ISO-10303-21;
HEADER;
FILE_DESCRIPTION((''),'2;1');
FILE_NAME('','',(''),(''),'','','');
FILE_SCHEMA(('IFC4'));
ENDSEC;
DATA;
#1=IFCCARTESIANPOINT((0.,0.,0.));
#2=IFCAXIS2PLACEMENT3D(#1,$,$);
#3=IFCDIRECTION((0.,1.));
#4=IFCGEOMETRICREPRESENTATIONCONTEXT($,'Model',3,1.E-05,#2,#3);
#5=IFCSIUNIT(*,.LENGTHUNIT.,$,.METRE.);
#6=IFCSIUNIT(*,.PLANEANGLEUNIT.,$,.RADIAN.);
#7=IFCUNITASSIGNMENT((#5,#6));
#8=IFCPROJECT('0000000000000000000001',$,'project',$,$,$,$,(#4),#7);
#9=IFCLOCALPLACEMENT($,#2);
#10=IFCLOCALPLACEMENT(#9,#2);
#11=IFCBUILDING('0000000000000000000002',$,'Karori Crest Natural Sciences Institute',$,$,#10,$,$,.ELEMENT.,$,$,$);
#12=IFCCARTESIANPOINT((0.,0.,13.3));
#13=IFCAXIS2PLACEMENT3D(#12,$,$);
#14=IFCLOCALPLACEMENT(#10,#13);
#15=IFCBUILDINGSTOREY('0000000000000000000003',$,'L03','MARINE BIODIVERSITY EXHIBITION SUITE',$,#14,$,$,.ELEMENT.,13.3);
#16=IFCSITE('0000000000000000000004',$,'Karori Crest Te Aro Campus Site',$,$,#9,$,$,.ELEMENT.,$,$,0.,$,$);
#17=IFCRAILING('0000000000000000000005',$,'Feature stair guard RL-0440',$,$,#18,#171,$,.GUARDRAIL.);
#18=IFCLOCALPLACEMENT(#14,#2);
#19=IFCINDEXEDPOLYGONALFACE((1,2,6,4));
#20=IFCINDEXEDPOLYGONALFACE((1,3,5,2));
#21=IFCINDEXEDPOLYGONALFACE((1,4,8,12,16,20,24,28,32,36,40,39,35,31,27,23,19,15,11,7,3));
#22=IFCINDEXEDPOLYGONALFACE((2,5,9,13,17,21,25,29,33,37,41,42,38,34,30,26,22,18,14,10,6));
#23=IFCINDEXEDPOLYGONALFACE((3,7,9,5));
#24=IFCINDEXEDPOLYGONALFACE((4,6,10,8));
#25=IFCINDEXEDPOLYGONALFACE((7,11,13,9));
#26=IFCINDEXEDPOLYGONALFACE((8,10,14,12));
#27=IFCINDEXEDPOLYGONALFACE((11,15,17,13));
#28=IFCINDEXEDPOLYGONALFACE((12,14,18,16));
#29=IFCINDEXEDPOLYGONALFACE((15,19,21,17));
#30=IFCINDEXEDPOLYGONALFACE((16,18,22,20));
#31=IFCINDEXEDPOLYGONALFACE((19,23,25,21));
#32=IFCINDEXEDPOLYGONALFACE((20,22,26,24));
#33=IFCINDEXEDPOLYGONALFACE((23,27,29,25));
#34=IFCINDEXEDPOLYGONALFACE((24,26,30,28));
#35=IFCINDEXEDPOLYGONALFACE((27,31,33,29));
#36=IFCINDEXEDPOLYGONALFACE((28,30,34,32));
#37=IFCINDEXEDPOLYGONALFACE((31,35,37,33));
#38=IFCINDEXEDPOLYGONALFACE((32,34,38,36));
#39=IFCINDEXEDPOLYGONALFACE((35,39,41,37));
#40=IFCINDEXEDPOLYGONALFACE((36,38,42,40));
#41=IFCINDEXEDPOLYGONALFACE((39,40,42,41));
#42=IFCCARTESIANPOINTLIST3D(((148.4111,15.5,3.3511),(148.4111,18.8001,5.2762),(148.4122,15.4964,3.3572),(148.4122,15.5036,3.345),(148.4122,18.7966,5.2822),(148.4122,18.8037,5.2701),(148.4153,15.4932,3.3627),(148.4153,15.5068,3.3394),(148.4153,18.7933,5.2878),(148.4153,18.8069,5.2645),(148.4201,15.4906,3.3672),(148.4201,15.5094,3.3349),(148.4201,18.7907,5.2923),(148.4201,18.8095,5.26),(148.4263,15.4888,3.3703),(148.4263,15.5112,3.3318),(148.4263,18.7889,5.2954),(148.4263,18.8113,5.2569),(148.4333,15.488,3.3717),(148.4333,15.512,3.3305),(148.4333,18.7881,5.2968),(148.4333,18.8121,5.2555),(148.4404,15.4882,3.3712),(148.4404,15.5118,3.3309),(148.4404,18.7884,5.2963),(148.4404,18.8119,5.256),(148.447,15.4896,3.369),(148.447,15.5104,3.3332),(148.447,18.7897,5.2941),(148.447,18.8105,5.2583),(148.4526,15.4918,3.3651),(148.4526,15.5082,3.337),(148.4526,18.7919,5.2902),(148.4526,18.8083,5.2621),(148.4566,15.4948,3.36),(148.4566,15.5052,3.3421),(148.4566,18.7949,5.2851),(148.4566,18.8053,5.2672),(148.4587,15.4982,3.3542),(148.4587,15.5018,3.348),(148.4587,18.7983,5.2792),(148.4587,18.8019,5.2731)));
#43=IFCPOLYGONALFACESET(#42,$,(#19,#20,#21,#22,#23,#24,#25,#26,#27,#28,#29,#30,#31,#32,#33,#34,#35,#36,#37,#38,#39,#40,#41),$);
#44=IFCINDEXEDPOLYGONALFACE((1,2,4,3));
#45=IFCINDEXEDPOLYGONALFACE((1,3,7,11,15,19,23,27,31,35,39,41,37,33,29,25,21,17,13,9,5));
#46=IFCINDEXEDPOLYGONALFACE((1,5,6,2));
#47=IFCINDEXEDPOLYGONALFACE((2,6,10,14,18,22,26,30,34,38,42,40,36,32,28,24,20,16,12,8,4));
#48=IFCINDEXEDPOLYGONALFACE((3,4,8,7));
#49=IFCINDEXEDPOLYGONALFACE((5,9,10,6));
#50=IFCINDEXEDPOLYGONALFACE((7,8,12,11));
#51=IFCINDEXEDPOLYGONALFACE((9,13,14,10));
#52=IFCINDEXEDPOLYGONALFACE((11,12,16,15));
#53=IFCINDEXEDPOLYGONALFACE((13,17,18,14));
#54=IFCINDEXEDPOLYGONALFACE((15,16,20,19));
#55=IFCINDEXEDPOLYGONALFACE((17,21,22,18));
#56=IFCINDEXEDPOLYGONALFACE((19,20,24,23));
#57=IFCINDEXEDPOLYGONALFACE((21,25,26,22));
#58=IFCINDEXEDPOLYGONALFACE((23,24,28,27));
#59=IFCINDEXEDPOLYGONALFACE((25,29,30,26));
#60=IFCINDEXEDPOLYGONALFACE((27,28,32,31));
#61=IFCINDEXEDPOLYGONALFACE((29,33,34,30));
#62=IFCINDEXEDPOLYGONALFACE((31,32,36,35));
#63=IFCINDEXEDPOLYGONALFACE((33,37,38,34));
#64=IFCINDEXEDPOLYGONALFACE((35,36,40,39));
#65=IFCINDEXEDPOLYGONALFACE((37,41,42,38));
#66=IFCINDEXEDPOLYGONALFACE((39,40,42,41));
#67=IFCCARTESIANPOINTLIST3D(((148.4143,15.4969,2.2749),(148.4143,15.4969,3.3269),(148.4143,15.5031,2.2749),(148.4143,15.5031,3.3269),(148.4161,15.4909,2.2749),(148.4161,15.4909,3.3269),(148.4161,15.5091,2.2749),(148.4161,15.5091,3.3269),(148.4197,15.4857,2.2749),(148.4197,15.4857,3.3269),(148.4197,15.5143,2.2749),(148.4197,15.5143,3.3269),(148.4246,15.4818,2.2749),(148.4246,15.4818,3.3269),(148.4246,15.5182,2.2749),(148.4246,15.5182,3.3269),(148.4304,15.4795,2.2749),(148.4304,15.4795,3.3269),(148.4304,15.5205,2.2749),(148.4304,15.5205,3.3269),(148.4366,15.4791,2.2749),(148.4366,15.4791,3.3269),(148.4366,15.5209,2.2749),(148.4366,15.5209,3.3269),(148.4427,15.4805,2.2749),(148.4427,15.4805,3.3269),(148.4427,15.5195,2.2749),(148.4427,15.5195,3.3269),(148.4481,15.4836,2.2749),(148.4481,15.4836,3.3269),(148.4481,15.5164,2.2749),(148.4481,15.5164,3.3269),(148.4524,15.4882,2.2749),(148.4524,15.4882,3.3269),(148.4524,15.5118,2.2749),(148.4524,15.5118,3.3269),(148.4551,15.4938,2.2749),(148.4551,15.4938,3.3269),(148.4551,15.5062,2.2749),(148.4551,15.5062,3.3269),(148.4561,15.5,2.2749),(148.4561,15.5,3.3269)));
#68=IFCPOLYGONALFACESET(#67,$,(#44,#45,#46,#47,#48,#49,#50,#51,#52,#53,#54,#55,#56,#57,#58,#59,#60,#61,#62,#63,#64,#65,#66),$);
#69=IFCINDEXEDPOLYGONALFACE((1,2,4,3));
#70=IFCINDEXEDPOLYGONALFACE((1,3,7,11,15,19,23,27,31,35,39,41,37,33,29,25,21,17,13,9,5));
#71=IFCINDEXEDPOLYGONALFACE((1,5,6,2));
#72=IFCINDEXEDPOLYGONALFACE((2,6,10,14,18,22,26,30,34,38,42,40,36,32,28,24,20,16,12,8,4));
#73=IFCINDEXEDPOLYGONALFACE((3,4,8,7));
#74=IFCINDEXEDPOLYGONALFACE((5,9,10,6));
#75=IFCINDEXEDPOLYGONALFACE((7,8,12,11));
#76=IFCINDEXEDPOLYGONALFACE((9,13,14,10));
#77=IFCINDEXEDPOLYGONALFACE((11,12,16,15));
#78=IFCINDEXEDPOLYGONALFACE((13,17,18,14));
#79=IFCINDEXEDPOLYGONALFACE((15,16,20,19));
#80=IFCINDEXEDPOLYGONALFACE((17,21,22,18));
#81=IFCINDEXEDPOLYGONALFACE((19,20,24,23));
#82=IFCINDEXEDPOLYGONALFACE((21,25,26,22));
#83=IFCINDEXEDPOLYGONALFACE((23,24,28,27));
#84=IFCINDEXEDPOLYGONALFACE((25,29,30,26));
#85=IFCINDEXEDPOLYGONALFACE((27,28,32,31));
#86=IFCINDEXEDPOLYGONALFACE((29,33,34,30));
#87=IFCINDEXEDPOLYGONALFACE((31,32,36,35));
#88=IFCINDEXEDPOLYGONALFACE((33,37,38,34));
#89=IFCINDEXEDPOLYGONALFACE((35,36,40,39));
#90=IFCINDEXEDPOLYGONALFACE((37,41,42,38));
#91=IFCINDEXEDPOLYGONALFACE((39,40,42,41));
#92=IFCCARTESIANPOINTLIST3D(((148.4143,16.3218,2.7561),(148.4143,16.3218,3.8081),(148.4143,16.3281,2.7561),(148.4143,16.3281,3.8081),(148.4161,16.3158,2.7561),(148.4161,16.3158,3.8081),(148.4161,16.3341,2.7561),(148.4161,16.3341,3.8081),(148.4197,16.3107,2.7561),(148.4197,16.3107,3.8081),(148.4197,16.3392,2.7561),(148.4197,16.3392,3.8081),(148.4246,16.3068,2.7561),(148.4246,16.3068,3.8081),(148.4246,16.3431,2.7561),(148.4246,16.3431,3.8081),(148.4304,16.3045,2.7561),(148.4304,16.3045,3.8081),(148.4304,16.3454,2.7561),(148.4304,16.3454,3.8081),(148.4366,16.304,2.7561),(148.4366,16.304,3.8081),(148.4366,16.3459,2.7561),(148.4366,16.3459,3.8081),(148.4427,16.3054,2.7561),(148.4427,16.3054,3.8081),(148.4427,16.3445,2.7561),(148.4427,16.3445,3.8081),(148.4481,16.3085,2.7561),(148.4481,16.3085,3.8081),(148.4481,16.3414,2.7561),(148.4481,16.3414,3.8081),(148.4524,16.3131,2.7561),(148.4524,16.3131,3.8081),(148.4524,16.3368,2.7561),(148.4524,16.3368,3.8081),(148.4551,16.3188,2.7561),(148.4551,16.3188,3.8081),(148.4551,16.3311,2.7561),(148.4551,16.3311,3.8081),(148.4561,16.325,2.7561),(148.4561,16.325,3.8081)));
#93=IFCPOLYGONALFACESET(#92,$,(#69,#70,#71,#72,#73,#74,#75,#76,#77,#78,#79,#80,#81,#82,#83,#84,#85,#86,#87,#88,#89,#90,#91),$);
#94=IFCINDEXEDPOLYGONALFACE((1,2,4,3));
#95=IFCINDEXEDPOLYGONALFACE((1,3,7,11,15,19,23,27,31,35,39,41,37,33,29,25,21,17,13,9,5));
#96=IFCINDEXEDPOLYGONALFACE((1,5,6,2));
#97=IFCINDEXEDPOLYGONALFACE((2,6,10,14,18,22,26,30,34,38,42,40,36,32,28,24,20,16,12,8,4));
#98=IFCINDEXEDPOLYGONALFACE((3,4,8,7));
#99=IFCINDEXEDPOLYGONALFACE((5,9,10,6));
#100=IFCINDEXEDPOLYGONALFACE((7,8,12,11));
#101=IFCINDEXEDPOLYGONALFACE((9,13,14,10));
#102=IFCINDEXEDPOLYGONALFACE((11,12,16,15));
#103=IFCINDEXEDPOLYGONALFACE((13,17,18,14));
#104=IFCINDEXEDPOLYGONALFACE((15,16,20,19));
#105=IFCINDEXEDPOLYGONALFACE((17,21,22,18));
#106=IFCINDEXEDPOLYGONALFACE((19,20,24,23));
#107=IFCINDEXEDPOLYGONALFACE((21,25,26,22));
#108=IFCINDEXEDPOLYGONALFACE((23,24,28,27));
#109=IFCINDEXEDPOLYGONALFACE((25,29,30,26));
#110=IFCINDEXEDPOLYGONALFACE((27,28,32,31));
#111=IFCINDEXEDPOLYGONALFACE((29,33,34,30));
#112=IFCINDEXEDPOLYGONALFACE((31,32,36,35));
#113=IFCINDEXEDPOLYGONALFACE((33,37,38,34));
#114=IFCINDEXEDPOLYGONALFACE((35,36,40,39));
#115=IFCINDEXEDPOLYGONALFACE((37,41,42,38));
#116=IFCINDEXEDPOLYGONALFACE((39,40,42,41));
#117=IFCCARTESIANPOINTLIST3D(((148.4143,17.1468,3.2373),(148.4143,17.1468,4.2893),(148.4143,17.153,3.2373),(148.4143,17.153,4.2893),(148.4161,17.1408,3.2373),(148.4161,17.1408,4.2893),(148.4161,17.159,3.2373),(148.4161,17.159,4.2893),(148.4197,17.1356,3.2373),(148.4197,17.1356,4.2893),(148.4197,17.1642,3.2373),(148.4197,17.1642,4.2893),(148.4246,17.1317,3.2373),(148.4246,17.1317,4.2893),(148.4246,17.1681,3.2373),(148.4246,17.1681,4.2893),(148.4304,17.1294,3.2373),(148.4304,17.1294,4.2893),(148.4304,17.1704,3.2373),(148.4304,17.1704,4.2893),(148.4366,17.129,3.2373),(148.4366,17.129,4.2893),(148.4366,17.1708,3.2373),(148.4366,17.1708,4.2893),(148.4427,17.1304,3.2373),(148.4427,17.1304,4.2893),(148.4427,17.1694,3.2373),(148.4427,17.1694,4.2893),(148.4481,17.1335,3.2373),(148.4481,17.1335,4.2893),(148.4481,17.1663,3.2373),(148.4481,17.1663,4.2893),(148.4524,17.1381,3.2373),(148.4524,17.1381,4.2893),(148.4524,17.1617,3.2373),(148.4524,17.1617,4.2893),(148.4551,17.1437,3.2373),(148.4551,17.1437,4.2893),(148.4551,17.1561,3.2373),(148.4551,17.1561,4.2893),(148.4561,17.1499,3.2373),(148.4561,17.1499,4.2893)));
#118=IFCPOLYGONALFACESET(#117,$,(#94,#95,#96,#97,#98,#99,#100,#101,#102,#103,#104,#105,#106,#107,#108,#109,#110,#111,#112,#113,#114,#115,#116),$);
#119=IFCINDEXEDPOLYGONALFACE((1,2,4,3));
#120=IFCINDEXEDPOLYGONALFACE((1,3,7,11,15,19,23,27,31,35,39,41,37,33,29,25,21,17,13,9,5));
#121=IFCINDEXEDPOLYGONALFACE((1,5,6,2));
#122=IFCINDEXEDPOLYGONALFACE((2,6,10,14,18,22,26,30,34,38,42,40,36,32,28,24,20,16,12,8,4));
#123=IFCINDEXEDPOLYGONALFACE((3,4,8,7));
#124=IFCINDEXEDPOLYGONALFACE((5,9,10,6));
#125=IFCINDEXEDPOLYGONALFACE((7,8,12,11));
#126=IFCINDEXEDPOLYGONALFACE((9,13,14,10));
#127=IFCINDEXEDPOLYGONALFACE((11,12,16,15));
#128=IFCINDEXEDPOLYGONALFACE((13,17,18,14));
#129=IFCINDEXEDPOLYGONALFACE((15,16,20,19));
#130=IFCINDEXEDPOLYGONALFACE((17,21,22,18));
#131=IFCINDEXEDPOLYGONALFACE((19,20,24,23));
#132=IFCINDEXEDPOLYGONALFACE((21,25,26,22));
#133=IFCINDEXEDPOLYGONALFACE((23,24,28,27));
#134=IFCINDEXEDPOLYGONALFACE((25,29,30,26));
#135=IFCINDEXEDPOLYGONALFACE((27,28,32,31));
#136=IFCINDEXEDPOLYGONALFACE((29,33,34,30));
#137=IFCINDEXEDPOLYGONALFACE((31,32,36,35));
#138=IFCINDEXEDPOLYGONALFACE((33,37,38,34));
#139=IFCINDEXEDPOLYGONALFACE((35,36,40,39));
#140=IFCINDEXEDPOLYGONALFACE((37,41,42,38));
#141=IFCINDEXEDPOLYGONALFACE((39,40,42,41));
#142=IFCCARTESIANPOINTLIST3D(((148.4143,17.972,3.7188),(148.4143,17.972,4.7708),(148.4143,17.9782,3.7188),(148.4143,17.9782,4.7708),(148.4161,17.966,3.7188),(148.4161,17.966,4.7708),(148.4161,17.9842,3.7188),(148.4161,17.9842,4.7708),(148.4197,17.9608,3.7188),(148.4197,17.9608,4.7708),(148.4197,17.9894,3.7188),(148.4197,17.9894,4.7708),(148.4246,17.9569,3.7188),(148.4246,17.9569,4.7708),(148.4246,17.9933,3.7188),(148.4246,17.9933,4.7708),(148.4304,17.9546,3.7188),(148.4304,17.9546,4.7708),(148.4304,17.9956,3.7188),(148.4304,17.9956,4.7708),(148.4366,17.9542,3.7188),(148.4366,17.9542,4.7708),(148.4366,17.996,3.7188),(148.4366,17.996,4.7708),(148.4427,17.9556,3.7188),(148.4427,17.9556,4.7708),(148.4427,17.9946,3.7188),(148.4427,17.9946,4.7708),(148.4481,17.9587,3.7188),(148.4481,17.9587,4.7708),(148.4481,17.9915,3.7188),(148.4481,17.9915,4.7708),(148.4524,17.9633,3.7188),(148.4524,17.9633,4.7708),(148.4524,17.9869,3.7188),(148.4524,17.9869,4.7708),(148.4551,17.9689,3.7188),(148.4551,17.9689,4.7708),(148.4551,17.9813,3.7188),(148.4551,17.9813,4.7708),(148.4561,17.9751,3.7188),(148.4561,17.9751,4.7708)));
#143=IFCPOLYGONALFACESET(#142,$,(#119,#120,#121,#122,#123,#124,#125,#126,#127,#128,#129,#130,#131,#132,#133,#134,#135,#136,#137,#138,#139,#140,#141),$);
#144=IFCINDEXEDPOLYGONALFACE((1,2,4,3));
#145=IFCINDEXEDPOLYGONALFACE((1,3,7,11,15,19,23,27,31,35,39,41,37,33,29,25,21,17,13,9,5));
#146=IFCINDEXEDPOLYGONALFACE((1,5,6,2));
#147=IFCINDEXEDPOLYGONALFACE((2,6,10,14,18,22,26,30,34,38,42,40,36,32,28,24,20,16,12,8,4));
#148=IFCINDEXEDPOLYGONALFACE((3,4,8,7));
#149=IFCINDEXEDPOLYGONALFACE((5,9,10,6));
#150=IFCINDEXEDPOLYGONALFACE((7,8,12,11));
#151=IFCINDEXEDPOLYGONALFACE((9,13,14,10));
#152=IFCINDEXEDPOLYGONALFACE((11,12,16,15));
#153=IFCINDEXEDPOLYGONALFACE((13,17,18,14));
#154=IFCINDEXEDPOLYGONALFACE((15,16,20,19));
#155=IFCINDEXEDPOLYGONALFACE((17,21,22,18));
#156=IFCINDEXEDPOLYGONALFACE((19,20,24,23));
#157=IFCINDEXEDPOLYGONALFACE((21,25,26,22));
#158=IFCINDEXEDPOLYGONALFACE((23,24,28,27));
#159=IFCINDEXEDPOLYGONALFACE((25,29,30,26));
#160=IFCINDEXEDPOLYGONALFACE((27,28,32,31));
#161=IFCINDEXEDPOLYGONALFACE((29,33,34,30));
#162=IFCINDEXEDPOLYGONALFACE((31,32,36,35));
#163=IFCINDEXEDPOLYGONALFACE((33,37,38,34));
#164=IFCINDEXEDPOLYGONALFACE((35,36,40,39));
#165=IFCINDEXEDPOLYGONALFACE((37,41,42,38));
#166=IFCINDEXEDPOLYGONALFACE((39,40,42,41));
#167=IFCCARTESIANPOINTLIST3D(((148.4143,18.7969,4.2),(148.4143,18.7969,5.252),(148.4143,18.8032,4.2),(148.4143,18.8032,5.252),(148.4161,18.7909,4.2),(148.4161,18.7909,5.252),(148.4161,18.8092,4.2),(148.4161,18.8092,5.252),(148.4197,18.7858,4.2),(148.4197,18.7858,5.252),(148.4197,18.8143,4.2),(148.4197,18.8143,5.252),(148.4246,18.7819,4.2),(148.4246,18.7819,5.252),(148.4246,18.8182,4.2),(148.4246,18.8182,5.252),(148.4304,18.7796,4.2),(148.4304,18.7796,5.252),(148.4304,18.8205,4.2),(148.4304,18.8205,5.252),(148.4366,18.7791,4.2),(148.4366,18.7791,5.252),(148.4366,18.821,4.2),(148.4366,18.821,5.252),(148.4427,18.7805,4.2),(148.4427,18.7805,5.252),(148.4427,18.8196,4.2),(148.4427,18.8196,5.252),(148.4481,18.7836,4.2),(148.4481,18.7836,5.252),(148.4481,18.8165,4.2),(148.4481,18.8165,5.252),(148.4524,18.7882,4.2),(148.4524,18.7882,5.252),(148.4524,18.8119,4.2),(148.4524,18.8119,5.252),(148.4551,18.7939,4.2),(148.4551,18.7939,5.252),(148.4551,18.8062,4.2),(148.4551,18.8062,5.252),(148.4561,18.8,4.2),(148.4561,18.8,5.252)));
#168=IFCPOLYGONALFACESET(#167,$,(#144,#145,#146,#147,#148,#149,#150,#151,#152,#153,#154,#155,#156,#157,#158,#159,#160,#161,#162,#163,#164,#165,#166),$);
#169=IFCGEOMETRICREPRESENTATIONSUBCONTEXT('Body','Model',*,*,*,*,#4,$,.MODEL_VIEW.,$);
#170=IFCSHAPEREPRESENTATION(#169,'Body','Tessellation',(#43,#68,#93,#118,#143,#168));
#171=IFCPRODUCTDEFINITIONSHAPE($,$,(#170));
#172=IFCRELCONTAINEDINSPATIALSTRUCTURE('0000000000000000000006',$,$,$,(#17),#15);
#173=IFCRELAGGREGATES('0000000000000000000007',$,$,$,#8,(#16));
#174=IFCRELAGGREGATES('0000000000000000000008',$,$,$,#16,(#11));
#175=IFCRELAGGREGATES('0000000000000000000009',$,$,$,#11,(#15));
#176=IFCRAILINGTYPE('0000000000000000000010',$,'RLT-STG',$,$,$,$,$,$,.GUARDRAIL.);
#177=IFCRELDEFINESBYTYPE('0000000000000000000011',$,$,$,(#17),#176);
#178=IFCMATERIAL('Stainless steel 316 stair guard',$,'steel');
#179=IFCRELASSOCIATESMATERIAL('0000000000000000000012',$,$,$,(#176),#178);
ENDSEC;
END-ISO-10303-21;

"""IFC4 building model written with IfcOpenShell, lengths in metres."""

from ifc_helpers import new_model, si_unit, direction, frame, origin, origin_2d, place, context, subcontext, project, spatial, circle, extrude, material, type_object, element, save


model = new_model("IFC4")

# Units and contexts
model_context = context("Model", 3, precision=1e-05, world=origin(), true_north=direction((0.0, 1.0)))
body_context = subcontext(model_context, "Body", "Model", "MODEL_VIEW")
ifc_project = project(units=[si_unit("LENGTHUNIT", "METRE"), si_unit("PLANEANGLEUNIT", "RADIAN")], contexts=[model_context])

# Site, building, storey
site_placement = place(None, origin())
site = spatial("IfcSite", under=ifc_project, at=site_placement, Name="Karori Crest Te Aro Campus Site", CompositionType="ELEMENT", RefElevation=0.0)
building_placement = place(site_placement, origin())
building = spatial("IfcBuilding", under=site, at=building_placement, Name="Karori Crest Natural Sciences Institute", CompositionType="ELEMENT")
storey_placement = place(building_placement, frame((0.0, 0.0, 13.3)))
storey = spatial("IfcBuildingStorey", under=building, at=storey_placement, Name="L03", Description="MARINE BIODIVERSITY EXHIBITION SUITE", CompositionType="ELEMENT", Elevation=13.3)

# Railing
ifc_material_1 = material(Name="Stainless steel 316 stair guard", Category="steel")
railing_type = type_object("IfcRailingType", Name="RLT-STG", PredefinedType="GUARDRAIL", material=ifc_material_1)
for number, where, name in (
    (1, (148.4351, 15.5, 2.2749), "Feature stair guard RL-0440"),
):
    element("IfcRailing", number, at=place(storey_placement, frame(where)), inside=storey, type_object=railing_type, Name=name, PredefinedType="GUARDRAIL", context=body_context, shape_type="SweptSolid", body=[
        extrude(circle(Radius=0.0239, at=origin_2d()), frame((0.0, 0.0, 1.0762), z_axis=(0.0, 0.863777, 0.503875), x_axis=(-1.0, 0.0, 0.0)), (0.0, 0.0, 1.0), 3.8206),
        extrude(circle(Radius=0.021, at=origin_2d()), origin(), (0.0, 0.0, 1.0), 1.052),
        extrude(circle(Radius=0.021, at=origin_2d()), frame((0.0, 0.825, 0.4812)), (0.0, 0.0, 1.0), 1.052),
        extrude(circle(Radius=0.021, at=origin_2d()), frame((0.0, 1.6499, 0.9624)), (0.0, 0.0, 1.0), 1.052),
        extrude(circle(Radius=0.021, at=origin_2d()), frame((0.0, 2.4751, 1.4438)), (0.0, 0.0, 1.0), 1.052),
        extrude(circle(Radius=0.021, at=origin_2d()), frame((0.0, 3.3, 1.925)), (0.0, 0.0, 1.0), 1.052),
    ])

save(model, "model.ifc")
